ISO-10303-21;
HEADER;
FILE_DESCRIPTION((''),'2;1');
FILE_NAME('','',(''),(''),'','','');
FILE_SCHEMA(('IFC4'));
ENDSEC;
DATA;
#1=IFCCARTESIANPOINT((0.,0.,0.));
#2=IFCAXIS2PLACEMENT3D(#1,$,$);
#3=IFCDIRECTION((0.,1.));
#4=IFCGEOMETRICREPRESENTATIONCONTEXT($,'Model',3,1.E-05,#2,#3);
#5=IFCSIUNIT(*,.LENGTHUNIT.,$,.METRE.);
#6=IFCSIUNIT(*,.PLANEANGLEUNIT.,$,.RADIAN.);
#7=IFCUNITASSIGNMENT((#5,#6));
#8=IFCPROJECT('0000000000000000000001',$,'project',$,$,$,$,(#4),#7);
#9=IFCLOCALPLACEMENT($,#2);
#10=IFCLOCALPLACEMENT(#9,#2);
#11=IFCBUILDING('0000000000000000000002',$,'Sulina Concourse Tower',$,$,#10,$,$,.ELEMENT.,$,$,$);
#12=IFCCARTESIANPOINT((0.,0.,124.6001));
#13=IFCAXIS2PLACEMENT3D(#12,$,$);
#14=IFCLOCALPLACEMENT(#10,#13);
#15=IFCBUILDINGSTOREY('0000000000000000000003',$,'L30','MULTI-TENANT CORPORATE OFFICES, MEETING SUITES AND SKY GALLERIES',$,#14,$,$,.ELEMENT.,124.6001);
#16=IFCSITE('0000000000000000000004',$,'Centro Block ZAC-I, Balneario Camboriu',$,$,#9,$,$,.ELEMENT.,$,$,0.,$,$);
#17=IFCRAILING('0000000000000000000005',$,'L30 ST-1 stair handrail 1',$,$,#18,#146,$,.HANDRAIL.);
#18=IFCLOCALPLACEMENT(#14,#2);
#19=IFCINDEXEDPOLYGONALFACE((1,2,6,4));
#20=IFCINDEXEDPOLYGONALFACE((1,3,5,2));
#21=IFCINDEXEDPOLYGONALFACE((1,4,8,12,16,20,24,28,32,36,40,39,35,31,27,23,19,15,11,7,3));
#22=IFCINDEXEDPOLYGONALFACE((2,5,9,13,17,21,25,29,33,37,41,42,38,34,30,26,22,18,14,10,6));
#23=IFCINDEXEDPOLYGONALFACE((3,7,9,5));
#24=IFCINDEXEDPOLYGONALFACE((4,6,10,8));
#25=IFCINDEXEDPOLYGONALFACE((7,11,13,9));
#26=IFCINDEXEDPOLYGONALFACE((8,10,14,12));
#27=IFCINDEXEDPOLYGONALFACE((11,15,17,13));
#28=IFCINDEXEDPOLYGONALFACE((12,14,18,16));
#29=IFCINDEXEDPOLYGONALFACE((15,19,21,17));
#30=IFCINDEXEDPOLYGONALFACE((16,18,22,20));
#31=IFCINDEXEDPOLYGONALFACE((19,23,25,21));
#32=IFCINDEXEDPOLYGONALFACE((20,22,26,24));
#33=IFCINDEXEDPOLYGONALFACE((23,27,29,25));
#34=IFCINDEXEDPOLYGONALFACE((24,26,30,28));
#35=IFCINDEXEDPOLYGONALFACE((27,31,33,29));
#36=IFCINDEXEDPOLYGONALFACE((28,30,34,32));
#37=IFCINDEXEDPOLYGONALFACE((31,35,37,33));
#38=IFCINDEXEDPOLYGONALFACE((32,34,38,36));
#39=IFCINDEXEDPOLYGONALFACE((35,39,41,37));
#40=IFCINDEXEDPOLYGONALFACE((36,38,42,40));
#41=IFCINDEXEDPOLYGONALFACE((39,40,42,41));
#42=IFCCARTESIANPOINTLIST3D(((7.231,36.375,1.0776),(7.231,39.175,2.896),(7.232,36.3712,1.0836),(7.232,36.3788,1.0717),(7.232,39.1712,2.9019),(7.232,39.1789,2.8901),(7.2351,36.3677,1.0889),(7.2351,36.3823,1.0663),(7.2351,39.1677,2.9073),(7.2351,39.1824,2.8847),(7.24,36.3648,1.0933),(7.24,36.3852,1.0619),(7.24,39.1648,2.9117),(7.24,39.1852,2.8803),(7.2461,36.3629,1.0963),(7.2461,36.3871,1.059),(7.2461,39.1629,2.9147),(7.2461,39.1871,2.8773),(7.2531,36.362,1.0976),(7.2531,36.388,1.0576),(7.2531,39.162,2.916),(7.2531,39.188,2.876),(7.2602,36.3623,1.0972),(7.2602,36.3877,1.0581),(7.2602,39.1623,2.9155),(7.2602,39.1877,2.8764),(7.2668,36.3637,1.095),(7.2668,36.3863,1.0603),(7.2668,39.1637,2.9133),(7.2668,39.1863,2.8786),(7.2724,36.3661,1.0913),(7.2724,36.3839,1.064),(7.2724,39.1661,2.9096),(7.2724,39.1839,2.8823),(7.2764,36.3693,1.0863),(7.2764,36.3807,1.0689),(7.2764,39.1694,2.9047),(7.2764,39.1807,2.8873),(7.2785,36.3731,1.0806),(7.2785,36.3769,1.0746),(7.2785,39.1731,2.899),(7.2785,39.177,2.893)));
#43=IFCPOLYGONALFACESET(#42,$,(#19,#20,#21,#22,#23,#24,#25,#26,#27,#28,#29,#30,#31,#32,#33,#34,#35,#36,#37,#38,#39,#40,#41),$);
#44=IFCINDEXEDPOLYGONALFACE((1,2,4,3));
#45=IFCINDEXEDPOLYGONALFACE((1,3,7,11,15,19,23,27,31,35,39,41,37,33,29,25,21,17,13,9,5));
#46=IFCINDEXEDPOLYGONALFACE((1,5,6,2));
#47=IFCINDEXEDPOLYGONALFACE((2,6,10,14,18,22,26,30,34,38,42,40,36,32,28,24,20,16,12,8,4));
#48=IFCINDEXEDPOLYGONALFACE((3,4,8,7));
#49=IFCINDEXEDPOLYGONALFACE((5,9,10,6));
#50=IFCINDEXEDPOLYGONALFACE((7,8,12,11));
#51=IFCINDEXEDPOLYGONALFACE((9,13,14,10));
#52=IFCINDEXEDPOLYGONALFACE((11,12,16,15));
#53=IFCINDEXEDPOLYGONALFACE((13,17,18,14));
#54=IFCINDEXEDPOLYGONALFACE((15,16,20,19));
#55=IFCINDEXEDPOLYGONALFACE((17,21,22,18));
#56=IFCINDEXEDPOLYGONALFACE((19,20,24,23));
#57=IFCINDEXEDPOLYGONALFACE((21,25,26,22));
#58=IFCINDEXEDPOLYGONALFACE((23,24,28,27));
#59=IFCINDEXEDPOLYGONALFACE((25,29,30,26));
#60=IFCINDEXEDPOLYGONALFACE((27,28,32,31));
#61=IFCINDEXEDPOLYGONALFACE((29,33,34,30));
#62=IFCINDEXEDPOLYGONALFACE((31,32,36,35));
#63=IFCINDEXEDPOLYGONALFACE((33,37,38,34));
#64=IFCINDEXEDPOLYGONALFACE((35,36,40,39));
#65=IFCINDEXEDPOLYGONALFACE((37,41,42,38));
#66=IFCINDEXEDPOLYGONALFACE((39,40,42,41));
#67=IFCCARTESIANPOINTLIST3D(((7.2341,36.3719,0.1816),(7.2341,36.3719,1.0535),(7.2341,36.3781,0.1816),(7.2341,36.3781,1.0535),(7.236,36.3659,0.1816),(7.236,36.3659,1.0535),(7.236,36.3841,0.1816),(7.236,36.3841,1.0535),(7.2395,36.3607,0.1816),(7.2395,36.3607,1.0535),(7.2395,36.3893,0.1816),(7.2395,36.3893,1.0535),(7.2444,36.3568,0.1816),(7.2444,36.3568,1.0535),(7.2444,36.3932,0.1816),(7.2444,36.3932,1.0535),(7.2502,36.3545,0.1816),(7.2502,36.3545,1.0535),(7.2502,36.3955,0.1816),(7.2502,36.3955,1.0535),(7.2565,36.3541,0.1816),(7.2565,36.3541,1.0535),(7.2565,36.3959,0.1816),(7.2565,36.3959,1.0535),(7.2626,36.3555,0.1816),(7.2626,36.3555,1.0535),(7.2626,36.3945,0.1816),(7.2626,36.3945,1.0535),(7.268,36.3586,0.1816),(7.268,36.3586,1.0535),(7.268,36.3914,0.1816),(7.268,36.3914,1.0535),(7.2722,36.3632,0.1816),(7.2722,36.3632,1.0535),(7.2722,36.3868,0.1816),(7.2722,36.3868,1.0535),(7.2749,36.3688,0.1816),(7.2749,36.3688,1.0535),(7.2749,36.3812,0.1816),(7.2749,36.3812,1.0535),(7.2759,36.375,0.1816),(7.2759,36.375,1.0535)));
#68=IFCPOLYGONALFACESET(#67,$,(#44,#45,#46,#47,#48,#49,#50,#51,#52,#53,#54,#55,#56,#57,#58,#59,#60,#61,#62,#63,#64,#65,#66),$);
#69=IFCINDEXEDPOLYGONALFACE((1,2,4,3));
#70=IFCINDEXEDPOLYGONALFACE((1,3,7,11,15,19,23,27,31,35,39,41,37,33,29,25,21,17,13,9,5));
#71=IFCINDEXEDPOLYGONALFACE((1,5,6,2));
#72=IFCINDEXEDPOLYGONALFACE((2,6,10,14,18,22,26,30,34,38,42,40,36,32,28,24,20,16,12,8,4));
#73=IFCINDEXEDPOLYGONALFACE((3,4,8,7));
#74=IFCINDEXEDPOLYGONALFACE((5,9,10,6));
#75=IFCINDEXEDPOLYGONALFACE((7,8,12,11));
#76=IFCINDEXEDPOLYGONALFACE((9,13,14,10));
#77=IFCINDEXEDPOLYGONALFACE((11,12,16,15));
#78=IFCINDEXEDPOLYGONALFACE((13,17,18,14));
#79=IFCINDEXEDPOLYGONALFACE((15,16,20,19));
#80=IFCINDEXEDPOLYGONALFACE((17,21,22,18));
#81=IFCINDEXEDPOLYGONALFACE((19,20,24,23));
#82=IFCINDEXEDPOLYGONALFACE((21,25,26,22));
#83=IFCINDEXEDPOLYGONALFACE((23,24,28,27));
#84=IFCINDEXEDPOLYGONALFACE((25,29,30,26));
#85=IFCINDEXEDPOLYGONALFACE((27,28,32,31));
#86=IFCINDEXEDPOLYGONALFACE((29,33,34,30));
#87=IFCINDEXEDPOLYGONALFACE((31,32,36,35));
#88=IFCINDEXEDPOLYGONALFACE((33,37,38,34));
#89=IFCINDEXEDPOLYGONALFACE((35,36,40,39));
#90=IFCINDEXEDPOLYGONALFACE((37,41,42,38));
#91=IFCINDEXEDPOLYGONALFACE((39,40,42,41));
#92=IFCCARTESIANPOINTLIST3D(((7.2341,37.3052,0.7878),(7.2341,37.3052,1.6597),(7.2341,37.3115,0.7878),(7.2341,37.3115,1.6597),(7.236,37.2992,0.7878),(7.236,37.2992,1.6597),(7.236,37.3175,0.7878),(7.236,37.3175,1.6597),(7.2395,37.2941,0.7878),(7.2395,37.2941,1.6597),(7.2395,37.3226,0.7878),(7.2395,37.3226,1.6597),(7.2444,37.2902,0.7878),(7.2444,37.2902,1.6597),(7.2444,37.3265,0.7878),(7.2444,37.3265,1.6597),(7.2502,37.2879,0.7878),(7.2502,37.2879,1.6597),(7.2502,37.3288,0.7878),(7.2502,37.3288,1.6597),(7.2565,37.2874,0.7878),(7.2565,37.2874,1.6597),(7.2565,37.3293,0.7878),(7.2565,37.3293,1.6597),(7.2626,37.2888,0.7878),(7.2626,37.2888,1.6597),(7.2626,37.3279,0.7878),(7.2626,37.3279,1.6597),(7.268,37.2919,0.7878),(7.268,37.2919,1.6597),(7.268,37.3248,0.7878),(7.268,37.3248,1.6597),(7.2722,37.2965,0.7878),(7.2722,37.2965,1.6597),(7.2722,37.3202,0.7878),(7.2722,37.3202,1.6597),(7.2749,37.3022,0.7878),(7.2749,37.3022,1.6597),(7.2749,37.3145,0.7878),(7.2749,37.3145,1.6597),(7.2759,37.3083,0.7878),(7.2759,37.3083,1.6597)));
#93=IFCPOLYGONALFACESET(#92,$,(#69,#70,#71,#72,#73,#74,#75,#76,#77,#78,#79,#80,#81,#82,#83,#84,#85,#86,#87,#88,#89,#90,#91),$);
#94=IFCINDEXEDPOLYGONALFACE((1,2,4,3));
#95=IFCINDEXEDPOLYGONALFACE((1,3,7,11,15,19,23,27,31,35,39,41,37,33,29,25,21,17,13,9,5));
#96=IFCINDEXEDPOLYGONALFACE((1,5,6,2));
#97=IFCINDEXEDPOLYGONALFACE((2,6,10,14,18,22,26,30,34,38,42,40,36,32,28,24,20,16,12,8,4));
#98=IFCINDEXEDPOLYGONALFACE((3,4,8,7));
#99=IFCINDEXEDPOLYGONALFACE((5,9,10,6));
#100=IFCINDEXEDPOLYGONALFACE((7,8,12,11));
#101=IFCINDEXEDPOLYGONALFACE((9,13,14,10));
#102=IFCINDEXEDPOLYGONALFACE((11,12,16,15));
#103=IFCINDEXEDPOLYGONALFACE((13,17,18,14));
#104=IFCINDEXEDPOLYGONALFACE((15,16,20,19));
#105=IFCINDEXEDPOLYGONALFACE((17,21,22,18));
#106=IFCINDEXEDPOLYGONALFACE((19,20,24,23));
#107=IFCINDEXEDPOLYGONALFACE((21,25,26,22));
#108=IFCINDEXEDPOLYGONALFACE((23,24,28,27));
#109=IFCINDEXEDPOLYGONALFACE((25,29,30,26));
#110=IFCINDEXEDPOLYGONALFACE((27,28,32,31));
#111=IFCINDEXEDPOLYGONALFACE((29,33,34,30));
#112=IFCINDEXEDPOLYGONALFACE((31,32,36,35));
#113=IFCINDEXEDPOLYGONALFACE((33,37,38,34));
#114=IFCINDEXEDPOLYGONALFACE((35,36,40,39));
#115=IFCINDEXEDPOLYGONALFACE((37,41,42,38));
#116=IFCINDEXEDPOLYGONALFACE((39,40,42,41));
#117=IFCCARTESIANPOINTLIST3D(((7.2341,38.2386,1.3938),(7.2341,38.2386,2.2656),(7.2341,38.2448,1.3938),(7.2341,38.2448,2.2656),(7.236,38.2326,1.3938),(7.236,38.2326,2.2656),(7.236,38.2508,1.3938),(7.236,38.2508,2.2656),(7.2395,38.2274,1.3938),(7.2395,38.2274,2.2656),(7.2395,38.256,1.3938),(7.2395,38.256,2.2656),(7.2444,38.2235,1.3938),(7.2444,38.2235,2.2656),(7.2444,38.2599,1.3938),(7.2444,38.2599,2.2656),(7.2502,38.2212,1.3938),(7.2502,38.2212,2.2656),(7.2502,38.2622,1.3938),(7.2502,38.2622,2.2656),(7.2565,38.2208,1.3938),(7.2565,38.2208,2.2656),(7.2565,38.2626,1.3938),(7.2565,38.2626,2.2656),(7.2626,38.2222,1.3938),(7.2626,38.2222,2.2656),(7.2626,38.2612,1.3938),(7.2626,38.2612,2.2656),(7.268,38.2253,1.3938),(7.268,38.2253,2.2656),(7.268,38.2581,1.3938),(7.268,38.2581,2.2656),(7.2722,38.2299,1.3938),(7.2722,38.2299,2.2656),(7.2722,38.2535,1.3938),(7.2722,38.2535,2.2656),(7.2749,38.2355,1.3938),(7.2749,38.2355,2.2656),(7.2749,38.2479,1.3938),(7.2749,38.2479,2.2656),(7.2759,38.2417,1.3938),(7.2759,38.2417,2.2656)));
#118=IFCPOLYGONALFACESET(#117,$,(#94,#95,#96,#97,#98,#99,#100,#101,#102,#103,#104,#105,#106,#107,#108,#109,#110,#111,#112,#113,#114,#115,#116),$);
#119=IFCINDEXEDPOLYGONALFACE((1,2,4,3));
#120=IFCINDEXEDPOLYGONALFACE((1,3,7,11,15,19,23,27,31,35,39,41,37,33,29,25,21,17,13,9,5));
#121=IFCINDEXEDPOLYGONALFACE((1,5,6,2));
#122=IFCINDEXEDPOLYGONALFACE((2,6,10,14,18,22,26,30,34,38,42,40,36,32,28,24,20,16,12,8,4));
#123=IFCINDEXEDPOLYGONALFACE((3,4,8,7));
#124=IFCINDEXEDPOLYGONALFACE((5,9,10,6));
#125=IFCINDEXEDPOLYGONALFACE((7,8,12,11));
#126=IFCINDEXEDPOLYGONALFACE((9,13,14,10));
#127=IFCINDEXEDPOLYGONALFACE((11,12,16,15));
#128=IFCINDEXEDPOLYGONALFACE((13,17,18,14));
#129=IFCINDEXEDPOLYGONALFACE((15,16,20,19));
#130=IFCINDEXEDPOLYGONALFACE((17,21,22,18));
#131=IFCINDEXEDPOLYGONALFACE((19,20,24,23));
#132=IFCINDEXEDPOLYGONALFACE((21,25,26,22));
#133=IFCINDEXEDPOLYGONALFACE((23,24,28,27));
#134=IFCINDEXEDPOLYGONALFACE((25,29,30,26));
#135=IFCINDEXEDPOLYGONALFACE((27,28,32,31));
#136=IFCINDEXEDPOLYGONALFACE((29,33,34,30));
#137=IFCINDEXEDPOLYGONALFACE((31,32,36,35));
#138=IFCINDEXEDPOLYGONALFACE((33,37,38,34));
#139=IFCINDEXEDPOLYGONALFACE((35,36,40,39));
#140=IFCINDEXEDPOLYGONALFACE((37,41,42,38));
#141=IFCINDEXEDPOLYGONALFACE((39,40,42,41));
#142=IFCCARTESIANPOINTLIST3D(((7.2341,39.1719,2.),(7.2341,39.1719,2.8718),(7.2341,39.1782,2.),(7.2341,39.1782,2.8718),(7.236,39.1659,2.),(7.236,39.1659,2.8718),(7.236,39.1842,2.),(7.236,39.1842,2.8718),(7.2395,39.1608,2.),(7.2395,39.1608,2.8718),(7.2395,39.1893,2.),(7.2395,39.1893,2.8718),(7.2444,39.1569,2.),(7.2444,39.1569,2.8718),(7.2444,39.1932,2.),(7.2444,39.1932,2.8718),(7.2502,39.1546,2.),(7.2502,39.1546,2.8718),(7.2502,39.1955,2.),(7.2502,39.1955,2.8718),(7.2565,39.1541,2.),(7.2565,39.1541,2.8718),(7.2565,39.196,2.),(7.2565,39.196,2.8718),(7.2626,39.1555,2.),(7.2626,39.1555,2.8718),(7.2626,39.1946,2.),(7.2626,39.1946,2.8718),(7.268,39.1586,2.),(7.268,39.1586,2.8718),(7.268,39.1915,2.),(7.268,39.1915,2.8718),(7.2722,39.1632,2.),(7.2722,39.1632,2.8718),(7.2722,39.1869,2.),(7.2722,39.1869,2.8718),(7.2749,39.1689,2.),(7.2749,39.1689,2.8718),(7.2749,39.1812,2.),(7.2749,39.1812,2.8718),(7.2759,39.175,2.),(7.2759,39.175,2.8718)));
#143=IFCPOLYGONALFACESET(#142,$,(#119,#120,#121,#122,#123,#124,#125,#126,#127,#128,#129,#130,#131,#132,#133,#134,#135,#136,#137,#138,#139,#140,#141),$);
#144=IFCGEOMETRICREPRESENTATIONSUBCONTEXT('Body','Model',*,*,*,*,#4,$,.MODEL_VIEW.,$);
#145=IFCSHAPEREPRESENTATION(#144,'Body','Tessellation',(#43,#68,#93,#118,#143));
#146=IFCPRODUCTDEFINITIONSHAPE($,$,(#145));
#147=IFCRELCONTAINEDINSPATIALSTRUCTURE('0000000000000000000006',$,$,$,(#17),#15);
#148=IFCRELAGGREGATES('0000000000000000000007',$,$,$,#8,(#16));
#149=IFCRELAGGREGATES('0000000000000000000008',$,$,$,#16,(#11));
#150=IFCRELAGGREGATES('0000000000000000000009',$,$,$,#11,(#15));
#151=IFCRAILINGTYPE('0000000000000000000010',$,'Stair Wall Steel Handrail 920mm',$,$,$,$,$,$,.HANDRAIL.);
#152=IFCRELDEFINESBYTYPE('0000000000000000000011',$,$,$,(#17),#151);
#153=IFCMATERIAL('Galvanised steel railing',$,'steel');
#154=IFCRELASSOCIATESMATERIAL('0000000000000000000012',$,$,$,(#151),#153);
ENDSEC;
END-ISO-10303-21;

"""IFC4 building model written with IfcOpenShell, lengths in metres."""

from ifc_helpers import new_model, si_unit, direction, frame, origin, origin_2d, place, context, subcontext, project, spatial, circle, extrude, material, type_object, element, save


model = new_model("IFC4")

# Units and contexts
model_context = context("Model", 3, precision=1e-05, world=origin(), true_north=direction((0.0, 1.0)))
body_context = subcontext(model_context, "Body", "Model", "MODEL_VIEW")
ifc_project = project(units=[si_unit("LENGTHUNIT", "METRE"), si_unit("PLANEANGLEUNIT", "RADIAN")], contexts=[model_context])

# Site, building, storey
site_placement = place(None, origin())
site = spatial("IfcSite", under=ifc_project, at=site_placement, Name="Centro Block ZAC-I, Balneario Camboriu", CompositionType="ELEMENT", RefElevation=0.0)
building_placement = place(site_placement, origin())
building = spatial("IfcBuilding", under=site, at=building_placement, Name="Sulina Concourse Tower", CompositionType="ELEMENT")
storey_placement = place(building_placement, frame((0.0, 0.0, 124.6001)))
storey = spatial("IfcBuildingStorey", under=building, at=storey_placement, Name="L30", Description="MULTI-TENANT CORPORATE OFFICES, MEETING SUITES AND SKY GALLERIES", CompositionType="ELEMENT", Elevation=124.6001)

# Railing
ifc_material_1 = material(Name="Galvanised steel railing", Category="steel")
railing_type_1 = type_object("IfcRailingType", Name="Stair Wall Steel Handrail 920mm", PredefinedType="HANDRAIL", material=ifc_material_1)
railing_1_placement = place(storey_placement, frame((7.2549, 36.375, 0.1816)))
element("IfcRailing", 1, at=railing_1_placement, inside=storey, type_object=railing_type_1, Name="L30 ST-1 stair handrail 1", PredefinedType="HANDRAIL", context=body_context, shape_type="SweptSolid", body=[
    extrude(circle(Radius=0.0239, at=origin_2d()), frame((0.0, 0.0, 0.896), z_axis=(0.0, 0.838672, 0.544636), x_axis=(-1.0, 0.0, 0.0)), (0.0, 0.0, 1.0), 3.3386),
    extrude(circle(Radius=0.021, at=origin_2d()), origin(), (0.0, 0.0, 1.0), 0.8718),
    extrude(circle(Radius=0.021, at=origin_2d()), frame((0.0, 0.9333, 0.6062)), (0.0, 0.0, 1.0), 0.8718),
    extrude(circle(Radius=0.021, at=origin_2d()), frame((0.0, 1.8667, 1.2122)), (0.0, 0.0, 1.0), 0.8718),
    extrude(circle(Radius=0.021, at=origin_2d()), frame((0.0, 2.8, 1.8184)), (0.0, 0.0, 1.0), 0.8718),
])

save(model, "model.ifc")
